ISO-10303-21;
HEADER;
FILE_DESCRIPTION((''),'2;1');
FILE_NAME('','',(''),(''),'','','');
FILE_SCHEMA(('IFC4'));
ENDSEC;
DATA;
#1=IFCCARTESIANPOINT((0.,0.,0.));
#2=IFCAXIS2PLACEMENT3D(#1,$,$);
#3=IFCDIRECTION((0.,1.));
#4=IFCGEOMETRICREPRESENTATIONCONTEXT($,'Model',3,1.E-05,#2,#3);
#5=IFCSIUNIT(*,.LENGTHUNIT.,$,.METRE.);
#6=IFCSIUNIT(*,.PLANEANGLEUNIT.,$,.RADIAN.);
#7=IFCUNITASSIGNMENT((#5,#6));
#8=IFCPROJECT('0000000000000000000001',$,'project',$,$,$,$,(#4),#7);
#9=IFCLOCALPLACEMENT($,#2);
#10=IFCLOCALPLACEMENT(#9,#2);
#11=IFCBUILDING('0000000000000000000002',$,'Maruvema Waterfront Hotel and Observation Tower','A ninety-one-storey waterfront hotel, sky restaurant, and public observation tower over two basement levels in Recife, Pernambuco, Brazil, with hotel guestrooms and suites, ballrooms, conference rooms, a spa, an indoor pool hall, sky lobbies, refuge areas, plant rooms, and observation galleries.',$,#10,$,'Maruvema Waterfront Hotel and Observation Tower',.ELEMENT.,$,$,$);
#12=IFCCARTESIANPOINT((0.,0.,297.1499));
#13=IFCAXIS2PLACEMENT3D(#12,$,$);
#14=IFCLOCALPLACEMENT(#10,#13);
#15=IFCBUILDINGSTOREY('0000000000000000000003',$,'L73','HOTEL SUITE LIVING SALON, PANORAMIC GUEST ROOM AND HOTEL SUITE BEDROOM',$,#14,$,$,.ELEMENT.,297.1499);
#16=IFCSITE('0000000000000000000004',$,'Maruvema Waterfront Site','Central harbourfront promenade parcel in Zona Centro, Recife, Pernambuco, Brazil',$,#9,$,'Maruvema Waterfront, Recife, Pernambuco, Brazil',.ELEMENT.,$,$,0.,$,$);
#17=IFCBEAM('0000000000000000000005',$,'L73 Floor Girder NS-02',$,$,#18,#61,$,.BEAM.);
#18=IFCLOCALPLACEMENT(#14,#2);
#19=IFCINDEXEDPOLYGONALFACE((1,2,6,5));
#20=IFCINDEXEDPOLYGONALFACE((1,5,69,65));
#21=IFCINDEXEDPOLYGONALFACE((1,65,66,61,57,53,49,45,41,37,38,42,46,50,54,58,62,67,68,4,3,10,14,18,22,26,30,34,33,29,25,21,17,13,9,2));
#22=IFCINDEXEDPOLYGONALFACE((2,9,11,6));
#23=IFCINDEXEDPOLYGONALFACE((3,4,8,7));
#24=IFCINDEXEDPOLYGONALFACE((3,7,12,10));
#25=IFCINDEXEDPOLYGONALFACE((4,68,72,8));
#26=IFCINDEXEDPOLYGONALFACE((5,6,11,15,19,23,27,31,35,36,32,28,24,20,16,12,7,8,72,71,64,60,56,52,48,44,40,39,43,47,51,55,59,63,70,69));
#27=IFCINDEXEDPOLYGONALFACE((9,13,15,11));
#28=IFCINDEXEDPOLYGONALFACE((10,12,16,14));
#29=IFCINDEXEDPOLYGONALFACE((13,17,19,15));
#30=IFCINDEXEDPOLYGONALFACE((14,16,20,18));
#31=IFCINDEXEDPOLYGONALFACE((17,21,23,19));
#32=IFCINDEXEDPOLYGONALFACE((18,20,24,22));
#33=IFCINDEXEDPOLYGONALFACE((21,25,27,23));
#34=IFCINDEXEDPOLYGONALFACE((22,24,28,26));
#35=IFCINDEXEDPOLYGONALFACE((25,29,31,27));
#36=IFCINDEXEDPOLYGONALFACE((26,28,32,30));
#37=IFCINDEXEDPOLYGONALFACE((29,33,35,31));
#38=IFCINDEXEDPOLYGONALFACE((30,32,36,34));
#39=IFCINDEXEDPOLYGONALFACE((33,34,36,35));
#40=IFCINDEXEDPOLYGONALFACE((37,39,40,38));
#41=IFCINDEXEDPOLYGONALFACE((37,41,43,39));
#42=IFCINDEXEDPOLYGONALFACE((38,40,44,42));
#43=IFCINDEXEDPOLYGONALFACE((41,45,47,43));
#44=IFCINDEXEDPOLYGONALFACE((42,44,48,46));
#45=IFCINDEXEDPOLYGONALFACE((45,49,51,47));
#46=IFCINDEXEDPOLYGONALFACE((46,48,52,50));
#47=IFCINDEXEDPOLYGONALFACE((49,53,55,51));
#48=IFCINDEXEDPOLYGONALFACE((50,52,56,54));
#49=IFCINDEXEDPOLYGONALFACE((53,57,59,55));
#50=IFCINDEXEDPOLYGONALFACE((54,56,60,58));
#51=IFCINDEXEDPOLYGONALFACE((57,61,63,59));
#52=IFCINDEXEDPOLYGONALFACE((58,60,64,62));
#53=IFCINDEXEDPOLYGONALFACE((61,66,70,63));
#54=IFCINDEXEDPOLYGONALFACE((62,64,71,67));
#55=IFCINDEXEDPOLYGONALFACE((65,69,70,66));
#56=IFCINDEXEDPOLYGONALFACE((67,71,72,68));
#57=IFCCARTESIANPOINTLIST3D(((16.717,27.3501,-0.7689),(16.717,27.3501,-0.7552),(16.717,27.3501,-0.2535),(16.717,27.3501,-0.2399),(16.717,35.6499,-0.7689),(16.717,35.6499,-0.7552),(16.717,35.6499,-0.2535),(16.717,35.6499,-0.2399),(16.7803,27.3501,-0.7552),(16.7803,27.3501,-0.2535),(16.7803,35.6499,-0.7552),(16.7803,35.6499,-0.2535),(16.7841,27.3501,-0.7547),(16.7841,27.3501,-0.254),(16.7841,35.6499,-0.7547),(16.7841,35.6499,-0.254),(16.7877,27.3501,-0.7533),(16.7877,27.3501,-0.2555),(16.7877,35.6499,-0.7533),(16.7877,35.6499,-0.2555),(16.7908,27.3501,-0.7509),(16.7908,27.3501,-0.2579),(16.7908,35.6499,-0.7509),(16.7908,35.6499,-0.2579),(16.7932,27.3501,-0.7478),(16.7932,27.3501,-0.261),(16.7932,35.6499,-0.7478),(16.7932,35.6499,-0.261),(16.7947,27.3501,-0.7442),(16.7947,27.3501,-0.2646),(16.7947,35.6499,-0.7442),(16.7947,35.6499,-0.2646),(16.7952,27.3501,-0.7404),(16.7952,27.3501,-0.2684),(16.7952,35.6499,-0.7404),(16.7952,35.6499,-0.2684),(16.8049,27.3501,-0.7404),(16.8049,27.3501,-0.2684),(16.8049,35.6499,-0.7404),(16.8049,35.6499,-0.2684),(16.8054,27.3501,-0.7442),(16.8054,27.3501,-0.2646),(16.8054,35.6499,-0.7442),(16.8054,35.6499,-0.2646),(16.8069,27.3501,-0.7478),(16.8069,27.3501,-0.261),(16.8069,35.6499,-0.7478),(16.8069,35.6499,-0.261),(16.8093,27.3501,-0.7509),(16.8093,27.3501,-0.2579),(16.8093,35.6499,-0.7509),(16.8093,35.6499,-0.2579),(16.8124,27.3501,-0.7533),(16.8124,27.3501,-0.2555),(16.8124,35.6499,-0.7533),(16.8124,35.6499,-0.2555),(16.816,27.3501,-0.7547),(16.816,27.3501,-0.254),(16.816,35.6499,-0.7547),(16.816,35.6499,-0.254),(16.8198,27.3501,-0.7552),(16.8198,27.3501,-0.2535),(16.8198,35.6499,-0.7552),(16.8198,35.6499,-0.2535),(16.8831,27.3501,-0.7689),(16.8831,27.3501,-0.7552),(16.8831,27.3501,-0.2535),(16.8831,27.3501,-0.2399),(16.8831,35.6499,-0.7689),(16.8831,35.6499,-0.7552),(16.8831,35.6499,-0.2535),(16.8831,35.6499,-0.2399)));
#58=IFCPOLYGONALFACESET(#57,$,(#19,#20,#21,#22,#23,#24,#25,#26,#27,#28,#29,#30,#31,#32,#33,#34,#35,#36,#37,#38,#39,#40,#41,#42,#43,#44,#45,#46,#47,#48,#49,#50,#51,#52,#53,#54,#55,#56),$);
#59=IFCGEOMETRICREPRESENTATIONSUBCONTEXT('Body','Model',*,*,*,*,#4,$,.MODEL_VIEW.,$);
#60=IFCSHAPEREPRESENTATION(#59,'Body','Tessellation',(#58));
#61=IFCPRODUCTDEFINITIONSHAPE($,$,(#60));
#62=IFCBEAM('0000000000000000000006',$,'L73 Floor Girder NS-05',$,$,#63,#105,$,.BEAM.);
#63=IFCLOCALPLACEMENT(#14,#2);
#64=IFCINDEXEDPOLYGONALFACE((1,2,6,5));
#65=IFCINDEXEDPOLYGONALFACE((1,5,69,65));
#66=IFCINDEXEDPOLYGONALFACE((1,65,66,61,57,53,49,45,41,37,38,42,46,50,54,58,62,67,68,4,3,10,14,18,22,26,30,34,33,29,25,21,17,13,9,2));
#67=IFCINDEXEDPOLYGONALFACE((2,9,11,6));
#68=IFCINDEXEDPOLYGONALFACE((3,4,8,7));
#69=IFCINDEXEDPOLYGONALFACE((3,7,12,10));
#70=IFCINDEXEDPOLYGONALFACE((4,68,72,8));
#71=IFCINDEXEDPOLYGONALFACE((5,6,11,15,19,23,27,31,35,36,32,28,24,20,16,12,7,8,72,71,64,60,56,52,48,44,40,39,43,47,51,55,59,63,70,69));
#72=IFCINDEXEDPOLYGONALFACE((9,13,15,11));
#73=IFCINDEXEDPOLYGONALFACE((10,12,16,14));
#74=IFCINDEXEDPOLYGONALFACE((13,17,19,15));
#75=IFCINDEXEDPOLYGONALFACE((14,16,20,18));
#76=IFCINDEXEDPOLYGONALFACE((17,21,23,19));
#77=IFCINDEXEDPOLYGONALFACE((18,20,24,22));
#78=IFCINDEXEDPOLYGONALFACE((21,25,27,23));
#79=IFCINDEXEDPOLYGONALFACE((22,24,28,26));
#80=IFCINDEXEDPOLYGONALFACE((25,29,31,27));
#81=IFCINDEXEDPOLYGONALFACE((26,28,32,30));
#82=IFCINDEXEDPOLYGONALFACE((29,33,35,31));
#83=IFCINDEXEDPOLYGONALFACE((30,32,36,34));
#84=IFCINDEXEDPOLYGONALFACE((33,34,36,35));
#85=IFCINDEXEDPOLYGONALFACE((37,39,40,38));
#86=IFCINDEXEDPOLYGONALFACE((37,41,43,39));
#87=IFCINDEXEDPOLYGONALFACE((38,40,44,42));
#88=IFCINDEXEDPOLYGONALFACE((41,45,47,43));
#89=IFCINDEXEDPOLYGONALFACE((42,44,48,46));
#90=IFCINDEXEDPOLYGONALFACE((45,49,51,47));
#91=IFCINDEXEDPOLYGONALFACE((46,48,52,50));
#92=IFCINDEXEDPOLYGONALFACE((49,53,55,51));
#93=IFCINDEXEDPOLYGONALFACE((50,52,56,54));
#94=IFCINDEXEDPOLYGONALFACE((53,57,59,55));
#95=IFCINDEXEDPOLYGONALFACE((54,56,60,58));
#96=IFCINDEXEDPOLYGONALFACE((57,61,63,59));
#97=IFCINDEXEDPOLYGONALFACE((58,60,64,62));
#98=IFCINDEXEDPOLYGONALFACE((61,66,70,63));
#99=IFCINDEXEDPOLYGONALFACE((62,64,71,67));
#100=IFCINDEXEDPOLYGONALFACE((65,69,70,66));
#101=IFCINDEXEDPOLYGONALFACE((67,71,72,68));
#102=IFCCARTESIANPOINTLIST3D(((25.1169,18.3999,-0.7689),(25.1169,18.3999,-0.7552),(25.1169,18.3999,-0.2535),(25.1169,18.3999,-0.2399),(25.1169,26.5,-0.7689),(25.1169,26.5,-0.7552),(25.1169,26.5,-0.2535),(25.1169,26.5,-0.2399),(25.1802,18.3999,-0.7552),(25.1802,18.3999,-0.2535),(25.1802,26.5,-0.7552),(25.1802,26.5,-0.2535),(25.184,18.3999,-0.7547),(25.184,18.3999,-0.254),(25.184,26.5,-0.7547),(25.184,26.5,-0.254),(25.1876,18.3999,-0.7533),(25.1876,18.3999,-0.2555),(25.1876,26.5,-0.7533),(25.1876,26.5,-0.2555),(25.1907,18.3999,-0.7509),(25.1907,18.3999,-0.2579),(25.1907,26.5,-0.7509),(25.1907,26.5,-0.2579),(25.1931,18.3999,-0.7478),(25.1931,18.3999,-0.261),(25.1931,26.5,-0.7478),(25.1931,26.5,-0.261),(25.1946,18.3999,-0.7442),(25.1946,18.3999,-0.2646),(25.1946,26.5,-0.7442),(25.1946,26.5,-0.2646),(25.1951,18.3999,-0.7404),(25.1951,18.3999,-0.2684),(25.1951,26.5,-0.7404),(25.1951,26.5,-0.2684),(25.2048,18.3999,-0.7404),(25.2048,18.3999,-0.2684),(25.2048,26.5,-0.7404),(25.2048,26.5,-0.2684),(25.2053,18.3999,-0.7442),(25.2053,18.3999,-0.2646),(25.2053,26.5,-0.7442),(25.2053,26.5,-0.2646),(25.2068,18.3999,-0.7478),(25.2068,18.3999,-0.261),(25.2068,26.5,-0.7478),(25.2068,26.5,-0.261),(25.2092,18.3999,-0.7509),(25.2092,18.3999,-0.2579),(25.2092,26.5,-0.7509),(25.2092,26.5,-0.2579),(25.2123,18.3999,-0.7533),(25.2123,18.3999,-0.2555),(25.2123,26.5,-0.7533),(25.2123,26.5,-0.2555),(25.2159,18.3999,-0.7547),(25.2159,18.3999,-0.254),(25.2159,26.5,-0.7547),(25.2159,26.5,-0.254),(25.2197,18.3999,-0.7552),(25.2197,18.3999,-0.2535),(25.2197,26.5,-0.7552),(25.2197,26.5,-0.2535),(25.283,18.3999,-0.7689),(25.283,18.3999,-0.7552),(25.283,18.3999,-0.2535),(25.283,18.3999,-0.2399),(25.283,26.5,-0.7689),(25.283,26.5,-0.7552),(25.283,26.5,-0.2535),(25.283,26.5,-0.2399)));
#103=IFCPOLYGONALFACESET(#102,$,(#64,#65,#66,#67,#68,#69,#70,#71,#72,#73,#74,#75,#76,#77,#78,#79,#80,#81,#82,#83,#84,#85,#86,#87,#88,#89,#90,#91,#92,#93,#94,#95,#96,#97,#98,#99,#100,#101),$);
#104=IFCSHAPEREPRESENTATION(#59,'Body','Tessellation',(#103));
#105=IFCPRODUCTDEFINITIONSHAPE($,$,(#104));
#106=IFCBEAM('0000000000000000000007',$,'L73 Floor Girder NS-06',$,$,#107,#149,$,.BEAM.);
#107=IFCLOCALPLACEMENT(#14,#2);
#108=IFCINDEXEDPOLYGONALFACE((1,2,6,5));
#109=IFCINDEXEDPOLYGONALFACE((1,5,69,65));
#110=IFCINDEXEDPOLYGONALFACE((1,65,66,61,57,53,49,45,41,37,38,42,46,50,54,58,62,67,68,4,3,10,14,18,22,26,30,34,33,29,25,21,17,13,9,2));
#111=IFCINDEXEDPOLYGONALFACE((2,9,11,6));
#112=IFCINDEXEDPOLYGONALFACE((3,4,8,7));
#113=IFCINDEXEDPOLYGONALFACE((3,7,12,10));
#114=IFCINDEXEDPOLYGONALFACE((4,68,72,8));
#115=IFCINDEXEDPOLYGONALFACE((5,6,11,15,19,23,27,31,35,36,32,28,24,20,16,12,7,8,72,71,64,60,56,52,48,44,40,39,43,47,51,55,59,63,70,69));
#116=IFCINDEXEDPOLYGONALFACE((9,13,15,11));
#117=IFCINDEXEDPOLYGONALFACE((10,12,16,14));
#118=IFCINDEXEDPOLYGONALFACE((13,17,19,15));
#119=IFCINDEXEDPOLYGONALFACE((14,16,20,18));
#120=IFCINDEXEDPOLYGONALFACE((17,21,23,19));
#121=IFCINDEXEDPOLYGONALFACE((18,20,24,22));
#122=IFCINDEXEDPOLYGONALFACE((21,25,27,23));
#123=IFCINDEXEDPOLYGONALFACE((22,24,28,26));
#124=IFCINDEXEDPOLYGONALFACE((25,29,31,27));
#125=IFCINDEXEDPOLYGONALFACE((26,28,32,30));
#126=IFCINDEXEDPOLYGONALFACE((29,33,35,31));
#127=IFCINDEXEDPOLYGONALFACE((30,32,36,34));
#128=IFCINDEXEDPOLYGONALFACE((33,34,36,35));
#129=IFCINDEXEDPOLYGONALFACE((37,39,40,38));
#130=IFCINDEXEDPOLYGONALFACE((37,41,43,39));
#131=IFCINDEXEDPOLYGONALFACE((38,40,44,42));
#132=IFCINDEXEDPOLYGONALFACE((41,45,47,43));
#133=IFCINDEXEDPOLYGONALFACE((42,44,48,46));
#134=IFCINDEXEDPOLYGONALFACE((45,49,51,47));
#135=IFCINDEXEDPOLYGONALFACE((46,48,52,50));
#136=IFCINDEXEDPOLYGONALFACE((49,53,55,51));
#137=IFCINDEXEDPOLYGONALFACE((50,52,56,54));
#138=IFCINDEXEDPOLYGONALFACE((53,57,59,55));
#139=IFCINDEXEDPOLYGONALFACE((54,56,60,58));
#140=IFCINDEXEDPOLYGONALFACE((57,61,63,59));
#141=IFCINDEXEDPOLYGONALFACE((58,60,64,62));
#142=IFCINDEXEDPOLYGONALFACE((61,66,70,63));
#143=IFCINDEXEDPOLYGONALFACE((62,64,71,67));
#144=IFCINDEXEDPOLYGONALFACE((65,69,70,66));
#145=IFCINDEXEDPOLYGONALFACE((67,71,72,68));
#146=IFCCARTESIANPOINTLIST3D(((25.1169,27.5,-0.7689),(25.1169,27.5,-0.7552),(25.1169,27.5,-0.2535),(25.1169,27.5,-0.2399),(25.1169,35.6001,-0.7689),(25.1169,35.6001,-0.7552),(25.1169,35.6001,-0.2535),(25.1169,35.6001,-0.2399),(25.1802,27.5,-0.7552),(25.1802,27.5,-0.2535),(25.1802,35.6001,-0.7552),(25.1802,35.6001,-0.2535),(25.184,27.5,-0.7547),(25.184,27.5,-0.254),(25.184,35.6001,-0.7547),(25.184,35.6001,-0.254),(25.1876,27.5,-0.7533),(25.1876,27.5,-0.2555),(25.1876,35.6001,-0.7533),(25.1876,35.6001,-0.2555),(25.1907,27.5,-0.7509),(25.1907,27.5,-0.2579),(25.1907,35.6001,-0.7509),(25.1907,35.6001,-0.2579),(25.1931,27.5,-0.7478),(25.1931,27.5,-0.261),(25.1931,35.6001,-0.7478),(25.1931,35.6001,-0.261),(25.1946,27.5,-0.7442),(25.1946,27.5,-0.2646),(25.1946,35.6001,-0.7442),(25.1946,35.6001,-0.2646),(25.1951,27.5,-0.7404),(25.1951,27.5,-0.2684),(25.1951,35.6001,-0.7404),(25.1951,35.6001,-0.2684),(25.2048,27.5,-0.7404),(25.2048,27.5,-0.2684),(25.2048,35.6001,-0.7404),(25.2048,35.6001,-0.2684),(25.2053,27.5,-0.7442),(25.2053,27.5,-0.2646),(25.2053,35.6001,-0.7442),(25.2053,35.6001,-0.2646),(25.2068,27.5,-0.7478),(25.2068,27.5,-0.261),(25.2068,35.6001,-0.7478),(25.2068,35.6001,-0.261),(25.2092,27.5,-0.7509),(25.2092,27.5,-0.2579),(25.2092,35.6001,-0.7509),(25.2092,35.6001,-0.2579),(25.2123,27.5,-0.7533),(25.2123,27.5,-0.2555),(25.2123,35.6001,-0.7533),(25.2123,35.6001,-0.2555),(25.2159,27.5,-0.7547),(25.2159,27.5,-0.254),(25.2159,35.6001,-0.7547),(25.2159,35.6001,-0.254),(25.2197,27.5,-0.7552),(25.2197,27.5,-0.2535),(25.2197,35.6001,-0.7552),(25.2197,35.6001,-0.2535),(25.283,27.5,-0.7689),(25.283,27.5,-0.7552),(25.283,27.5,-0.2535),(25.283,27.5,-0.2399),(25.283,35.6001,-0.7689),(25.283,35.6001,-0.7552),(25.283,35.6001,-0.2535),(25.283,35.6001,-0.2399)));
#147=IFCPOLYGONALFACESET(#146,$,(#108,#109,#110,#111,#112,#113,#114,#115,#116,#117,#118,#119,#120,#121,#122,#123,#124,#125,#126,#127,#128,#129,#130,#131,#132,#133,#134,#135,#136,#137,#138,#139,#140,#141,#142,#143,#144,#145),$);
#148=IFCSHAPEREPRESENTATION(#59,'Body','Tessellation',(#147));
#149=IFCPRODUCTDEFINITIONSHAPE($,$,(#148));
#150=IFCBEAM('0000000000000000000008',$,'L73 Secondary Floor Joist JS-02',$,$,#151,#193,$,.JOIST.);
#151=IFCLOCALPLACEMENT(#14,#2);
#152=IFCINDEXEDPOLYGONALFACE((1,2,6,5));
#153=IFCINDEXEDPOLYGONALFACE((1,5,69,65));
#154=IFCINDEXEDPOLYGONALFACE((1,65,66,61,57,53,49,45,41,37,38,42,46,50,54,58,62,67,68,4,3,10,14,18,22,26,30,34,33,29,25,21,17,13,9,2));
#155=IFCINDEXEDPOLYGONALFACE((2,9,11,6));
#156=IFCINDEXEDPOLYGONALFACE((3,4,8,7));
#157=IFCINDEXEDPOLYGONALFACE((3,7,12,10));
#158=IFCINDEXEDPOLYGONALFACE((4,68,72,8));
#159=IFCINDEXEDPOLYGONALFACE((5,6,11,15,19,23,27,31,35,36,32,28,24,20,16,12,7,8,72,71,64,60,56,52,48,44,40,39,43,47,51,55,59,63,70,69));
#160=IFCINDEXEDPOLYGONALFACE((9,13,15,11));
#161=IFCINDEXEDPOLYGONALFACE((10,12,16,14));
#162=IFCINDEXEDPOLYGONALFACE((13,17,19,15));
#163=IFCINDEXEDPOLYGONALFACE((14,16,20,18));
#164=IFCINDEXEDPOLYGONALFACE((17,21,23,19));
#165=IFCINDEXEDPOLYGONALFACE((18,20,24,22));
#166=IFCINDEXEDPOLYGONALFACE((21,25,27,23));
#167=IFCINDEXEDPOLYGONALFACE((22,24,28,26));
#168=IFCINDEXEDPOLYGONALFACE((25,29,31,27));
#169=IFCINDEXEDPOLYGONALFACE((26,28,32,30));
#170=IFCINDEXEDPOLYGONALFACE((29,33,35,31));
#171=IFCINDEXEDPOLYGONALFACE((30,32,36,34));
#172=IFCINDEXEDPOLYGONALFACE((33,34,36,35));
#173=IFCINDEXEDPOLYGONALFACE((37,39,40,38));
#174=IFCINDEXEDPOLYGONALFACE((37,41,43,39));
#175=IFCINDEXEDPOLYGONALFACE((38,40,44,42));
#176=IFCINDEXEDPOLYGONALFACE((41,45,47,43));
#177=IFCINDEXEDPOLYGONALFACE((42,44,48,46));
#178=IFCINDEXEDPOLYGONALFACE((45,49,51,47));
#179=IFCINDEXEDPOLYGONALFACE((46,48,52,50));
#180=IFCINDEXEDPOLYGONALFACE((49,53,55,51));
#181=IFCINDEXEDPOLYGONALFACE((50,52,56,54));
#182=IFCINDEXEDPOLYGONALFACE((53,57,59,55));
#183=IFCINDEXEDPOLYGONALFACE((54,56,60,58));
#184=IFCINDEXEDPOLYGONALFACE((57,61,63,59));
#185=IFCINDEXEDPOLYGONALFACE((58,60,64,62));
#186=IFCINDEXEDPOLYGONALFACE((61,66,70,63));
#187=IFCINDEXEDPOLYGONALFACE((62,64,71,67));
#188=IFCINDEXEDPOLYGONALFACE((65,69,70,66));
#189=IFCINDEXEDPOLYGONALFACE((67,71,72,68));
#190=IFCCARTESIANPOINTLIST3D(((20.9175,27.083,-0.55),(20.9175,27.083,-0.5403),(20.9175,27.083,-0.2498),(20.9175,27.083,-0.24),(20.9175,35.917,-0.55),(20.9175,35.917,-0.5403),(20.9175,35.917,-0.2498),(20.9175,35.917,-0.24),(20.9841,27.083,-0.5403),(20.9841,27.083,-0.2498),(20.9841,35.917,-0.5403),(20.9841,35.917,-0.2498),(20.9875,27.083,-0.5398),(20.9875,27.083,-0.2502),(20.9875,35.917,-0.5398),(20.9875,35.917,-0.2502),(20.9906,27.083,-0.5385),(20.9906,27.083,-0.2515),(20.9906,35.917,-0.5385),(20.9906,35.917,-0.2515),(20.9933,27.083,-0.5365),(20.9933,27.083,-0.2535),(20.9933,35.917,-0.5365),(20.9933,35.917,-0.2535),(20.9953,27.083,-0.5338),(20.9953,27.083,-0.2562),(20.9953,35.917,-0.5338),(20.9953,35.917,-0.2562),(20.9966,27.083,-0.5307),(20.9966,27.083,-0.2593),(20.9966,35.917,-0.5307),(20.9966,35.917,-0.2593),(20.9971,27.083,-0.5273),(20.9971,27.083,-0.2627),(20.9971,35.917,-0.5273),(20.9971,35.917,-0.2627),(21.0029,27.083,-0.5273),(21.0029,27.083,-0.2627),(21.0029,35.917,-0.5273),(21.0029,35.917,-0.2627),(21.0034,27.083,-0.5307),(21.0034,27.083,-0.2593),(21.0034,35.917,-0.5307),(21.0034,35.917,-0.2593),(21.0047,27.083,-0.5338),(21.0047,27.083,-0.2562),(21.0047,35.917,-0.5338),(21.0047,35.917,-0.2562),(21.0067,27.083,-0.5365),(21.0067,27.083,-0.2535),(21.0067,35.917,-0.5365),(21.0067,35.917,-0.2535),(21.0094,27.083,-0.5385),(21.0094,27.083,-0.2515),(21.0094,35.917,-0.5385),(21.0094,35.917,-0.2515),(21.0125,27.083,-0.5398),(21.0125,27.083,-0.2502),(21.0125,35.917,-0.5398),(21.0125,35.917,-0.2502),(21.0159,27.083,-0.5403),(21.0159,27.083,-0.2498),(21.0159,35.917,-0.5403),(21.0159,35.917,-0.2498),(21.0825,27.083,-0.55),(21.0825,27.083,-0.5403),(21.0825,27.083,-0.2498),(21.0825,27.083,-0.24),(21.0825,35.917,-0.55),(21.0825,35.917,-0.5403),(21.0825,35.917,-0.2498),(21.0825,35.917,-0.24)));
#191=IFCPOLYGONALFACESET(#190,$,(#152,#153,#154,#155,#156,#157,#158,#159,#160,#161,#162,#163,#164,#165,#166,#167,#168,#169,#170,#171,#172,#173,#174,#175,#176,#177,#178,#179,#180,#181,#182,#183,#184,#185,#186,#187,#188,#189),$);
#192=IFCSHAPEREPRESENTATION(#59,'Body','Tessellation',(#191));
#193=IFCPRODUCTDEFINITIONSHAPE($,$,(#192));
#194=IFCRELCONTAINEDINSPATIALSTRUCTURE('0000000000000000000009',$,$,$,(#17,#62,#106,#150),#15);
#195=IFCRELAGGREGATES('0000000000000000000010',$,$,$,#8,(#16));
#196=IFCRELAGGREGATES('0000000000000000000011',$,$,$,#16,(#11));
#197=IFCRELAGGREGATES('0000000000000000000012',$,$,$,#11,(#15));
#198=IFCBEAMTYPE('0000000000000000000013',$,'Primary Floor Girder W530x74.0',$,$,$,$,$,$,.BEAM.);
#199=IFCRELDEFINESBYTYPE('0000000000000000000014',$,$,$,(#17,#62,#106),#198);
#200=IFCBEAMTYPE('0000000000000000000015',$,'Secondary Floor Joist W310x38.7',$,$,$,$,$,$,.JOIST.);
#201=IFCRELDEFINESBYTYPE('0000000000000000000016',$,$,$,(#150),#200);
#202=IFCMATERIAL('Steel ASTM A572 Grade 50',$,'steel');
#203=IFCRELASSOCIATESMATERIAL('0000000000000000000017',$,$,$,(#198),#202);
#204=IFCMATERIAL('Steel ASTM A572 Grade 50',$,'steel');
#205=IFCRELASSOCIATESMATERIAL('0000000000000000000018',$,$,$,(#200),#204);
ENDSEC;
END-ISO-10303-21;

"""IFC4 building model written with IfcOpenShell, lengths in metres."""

from ifc_helpers import new_model, si_unit, direction, frame, origin, origin_2d, place, context, subcontext, project, spatial, i_section, extrude, material, material_profile, profile_set, type_object, element, save


model = new_model("IFC4")

# Units and contexts
model_context = context("Model", 3, precision=1e-05, world=origin(), true_north=direction((0.0, 1.0)))
body_context = subcontext(model_context, "Body", "Model", "MODEL_VIEW")
ifc_project = project(units=[si_unit("LENGTHUNIT", "METRE"), si_unit("PLANEANGLEUNIT", "RADIAN")], contexts=[model_context])

# Site, building, storey
site_placement = place(None, origin())
site = spatial("IfcSite", under=ifc_project, at=site_placement, Name="Maruvema Waterfront Site", Description="Central harbourfront promenade parcel in Zona Centro, Recife, Pernambuco, Brazil", LongName="Maruvema Waterfront, Recife, Pernambuco, Brazil", CompositionType="ELEMENT", RefElevation=0.0)
building_placement = place(site_placement, origin())
building = spatial("IfcBuilding", under=site, at=building_placement, Name="Maruvema Waterfront Hotel and Observation Tower", Description="A ninety-one-storey waterfront hotel, sky restaurant, and public observation tower over two basement levels in Recife, Pernambuco, Brazil, with hotel guestrooms and suites, ballrooms, conference rooms, a spa, an indoor pool hall, sky lobbies, refuge areas, plant rooms, and observation galleries.", LongName="Maruvema Waterfront Hotel and Observation Tower", CompositionType="ELEMENT")
storey_placement = place(building_placement, frame((0.0, 0.0, 297.1499)))
storey = spatial("IfcBuildingStorey", under=building, at=storey_placement, Name="L73", Description="HOTEL SUITE LIVING SALON, PANORAMIC GUEST ROOM AND HOTEL SUITE BEDROOM", CompositionType="ELEMENT", Elevation=297.1499)

# Beams
ifc_material_1 = material(Name="Steel ASTM A572 Grade 50", Category="steel")
ifc_material_profile_1 = material_profile(ifc_material_1, i_section(OverallWidth=0.166, OverallDepth=0.5291, WebThickness=0.0098, FlangeThickness=0.0137, FilletRadius=0.0149, at=origin_2d()), Name="W530x74.0")
ifc_profile_set_1 = profile_set([ifc_material_profile_1], Name="Steel ASTM A572 Grade 50")
beam_type_1 = type_object("IfcBeamType", Name="Primary Floor Girder W530x74.0", PredefinedType="BEAM", material=ifc_profile_set_1)
beam_1_placement = place(storey_placement, frame((16.8, 27.3501, -0.5044), z_axis=(0.0, 1.0, 0.0), x_axis=(-1.0, 0.0, 0.0)))
element("IfcBeam", 1, at=beam_1_placement, inside=storey, type_object=beam_type_1, Name="L73 Floor Girder NS-02", PredefinedType="BEAM", context=body_context, shape_type="SweptSolid", body=[
    extrude(i_section(OverallWidth=0.166, OverallDepth=0.5291, WebThickness=0.0098, FlangeThickness=0.0137, FilletRadius=0.0149, at=origin_2d()), origin(), (0.0, 0.0, 1.0), 8.2998),
])
for number, where, z_axis, x_axis, name in (
    (2, (25.2, 18.3999, -0.5044), (0.0, 1.0, 0.0), (-1.0, 0.0, 0.0), "L73 Floor Girder NS-05"),
    (3, (25.2, 27.5, -0.5044), (0.0, 1.0, 0.0), (-1.0, 0.0, 0.0), "L73 Floor Girder NS-06"),
):
    element("IfcBeam", number, at=place(storey_placement, frame(where, z_axis=z_axis, x_axis=x_axis)), inside=storey, type_object=beam_type_1, Name=name, PredefinedType="BEAM", context=body_context, shape_type="SweptSolid", body=[
        extrude(i_section(OverallWidth=0.166, OverallDepth=0.5291, WebThickness=0.0098, FlangeThickness=0.0137, FilletRadius=0.0149, at=origin_2d()), origin(), (0.0, 0.0, 1.0), 8.1001),
    ])
ifc_material_2 = material(Name="Steel ASTM A572 Grade 50", Category="steel")
ifc_material_profile_2 = material_profile(ifc_material_2, i_section(OverallWidth=0.165, OverallDepth=0.3101, WebThickness=0.0059, FlangeThickness=0.0098, FilletRadius=0.0129, at=origin_2d()), Name="W310x38.7")
ifc_profile_set_2 = profile_set([ifc_material_profile_2], Name="Steel ASTM A572 Grade 50")
beam_type_2 = type_object("IfcBeamType", Name="Secondary Floor Joist W310x38.7", PredefinedType="JOIST", material=ifc_profile_set_2)
beam_2_placement = place(storey_placement, frame((21.0, 27.083, -0.395), z_axis=(0.0, 1.0, 0.0), x_axis=(-1.0, 0.0, 0.0)))
element("IfcBeam", 4, at=beam_2_placement, inside=storey, type_object=beam_type_2, Name="L73 Secondary Floor Joist JS-02", PredefinedType="JOIST", context=body_context, shape_type="SweptSolid", body=[
    extrude(i_section(OverallWidth=0.165, OverallDepth=0.3101, WebThickness=0.0059, FlangeThickness=0.0098, FilletRadius=0.0129, at=origin_2d()), origin(), (0.0, 0.0, 1.0), 8.834),
])

save(model, "model.ifc")
